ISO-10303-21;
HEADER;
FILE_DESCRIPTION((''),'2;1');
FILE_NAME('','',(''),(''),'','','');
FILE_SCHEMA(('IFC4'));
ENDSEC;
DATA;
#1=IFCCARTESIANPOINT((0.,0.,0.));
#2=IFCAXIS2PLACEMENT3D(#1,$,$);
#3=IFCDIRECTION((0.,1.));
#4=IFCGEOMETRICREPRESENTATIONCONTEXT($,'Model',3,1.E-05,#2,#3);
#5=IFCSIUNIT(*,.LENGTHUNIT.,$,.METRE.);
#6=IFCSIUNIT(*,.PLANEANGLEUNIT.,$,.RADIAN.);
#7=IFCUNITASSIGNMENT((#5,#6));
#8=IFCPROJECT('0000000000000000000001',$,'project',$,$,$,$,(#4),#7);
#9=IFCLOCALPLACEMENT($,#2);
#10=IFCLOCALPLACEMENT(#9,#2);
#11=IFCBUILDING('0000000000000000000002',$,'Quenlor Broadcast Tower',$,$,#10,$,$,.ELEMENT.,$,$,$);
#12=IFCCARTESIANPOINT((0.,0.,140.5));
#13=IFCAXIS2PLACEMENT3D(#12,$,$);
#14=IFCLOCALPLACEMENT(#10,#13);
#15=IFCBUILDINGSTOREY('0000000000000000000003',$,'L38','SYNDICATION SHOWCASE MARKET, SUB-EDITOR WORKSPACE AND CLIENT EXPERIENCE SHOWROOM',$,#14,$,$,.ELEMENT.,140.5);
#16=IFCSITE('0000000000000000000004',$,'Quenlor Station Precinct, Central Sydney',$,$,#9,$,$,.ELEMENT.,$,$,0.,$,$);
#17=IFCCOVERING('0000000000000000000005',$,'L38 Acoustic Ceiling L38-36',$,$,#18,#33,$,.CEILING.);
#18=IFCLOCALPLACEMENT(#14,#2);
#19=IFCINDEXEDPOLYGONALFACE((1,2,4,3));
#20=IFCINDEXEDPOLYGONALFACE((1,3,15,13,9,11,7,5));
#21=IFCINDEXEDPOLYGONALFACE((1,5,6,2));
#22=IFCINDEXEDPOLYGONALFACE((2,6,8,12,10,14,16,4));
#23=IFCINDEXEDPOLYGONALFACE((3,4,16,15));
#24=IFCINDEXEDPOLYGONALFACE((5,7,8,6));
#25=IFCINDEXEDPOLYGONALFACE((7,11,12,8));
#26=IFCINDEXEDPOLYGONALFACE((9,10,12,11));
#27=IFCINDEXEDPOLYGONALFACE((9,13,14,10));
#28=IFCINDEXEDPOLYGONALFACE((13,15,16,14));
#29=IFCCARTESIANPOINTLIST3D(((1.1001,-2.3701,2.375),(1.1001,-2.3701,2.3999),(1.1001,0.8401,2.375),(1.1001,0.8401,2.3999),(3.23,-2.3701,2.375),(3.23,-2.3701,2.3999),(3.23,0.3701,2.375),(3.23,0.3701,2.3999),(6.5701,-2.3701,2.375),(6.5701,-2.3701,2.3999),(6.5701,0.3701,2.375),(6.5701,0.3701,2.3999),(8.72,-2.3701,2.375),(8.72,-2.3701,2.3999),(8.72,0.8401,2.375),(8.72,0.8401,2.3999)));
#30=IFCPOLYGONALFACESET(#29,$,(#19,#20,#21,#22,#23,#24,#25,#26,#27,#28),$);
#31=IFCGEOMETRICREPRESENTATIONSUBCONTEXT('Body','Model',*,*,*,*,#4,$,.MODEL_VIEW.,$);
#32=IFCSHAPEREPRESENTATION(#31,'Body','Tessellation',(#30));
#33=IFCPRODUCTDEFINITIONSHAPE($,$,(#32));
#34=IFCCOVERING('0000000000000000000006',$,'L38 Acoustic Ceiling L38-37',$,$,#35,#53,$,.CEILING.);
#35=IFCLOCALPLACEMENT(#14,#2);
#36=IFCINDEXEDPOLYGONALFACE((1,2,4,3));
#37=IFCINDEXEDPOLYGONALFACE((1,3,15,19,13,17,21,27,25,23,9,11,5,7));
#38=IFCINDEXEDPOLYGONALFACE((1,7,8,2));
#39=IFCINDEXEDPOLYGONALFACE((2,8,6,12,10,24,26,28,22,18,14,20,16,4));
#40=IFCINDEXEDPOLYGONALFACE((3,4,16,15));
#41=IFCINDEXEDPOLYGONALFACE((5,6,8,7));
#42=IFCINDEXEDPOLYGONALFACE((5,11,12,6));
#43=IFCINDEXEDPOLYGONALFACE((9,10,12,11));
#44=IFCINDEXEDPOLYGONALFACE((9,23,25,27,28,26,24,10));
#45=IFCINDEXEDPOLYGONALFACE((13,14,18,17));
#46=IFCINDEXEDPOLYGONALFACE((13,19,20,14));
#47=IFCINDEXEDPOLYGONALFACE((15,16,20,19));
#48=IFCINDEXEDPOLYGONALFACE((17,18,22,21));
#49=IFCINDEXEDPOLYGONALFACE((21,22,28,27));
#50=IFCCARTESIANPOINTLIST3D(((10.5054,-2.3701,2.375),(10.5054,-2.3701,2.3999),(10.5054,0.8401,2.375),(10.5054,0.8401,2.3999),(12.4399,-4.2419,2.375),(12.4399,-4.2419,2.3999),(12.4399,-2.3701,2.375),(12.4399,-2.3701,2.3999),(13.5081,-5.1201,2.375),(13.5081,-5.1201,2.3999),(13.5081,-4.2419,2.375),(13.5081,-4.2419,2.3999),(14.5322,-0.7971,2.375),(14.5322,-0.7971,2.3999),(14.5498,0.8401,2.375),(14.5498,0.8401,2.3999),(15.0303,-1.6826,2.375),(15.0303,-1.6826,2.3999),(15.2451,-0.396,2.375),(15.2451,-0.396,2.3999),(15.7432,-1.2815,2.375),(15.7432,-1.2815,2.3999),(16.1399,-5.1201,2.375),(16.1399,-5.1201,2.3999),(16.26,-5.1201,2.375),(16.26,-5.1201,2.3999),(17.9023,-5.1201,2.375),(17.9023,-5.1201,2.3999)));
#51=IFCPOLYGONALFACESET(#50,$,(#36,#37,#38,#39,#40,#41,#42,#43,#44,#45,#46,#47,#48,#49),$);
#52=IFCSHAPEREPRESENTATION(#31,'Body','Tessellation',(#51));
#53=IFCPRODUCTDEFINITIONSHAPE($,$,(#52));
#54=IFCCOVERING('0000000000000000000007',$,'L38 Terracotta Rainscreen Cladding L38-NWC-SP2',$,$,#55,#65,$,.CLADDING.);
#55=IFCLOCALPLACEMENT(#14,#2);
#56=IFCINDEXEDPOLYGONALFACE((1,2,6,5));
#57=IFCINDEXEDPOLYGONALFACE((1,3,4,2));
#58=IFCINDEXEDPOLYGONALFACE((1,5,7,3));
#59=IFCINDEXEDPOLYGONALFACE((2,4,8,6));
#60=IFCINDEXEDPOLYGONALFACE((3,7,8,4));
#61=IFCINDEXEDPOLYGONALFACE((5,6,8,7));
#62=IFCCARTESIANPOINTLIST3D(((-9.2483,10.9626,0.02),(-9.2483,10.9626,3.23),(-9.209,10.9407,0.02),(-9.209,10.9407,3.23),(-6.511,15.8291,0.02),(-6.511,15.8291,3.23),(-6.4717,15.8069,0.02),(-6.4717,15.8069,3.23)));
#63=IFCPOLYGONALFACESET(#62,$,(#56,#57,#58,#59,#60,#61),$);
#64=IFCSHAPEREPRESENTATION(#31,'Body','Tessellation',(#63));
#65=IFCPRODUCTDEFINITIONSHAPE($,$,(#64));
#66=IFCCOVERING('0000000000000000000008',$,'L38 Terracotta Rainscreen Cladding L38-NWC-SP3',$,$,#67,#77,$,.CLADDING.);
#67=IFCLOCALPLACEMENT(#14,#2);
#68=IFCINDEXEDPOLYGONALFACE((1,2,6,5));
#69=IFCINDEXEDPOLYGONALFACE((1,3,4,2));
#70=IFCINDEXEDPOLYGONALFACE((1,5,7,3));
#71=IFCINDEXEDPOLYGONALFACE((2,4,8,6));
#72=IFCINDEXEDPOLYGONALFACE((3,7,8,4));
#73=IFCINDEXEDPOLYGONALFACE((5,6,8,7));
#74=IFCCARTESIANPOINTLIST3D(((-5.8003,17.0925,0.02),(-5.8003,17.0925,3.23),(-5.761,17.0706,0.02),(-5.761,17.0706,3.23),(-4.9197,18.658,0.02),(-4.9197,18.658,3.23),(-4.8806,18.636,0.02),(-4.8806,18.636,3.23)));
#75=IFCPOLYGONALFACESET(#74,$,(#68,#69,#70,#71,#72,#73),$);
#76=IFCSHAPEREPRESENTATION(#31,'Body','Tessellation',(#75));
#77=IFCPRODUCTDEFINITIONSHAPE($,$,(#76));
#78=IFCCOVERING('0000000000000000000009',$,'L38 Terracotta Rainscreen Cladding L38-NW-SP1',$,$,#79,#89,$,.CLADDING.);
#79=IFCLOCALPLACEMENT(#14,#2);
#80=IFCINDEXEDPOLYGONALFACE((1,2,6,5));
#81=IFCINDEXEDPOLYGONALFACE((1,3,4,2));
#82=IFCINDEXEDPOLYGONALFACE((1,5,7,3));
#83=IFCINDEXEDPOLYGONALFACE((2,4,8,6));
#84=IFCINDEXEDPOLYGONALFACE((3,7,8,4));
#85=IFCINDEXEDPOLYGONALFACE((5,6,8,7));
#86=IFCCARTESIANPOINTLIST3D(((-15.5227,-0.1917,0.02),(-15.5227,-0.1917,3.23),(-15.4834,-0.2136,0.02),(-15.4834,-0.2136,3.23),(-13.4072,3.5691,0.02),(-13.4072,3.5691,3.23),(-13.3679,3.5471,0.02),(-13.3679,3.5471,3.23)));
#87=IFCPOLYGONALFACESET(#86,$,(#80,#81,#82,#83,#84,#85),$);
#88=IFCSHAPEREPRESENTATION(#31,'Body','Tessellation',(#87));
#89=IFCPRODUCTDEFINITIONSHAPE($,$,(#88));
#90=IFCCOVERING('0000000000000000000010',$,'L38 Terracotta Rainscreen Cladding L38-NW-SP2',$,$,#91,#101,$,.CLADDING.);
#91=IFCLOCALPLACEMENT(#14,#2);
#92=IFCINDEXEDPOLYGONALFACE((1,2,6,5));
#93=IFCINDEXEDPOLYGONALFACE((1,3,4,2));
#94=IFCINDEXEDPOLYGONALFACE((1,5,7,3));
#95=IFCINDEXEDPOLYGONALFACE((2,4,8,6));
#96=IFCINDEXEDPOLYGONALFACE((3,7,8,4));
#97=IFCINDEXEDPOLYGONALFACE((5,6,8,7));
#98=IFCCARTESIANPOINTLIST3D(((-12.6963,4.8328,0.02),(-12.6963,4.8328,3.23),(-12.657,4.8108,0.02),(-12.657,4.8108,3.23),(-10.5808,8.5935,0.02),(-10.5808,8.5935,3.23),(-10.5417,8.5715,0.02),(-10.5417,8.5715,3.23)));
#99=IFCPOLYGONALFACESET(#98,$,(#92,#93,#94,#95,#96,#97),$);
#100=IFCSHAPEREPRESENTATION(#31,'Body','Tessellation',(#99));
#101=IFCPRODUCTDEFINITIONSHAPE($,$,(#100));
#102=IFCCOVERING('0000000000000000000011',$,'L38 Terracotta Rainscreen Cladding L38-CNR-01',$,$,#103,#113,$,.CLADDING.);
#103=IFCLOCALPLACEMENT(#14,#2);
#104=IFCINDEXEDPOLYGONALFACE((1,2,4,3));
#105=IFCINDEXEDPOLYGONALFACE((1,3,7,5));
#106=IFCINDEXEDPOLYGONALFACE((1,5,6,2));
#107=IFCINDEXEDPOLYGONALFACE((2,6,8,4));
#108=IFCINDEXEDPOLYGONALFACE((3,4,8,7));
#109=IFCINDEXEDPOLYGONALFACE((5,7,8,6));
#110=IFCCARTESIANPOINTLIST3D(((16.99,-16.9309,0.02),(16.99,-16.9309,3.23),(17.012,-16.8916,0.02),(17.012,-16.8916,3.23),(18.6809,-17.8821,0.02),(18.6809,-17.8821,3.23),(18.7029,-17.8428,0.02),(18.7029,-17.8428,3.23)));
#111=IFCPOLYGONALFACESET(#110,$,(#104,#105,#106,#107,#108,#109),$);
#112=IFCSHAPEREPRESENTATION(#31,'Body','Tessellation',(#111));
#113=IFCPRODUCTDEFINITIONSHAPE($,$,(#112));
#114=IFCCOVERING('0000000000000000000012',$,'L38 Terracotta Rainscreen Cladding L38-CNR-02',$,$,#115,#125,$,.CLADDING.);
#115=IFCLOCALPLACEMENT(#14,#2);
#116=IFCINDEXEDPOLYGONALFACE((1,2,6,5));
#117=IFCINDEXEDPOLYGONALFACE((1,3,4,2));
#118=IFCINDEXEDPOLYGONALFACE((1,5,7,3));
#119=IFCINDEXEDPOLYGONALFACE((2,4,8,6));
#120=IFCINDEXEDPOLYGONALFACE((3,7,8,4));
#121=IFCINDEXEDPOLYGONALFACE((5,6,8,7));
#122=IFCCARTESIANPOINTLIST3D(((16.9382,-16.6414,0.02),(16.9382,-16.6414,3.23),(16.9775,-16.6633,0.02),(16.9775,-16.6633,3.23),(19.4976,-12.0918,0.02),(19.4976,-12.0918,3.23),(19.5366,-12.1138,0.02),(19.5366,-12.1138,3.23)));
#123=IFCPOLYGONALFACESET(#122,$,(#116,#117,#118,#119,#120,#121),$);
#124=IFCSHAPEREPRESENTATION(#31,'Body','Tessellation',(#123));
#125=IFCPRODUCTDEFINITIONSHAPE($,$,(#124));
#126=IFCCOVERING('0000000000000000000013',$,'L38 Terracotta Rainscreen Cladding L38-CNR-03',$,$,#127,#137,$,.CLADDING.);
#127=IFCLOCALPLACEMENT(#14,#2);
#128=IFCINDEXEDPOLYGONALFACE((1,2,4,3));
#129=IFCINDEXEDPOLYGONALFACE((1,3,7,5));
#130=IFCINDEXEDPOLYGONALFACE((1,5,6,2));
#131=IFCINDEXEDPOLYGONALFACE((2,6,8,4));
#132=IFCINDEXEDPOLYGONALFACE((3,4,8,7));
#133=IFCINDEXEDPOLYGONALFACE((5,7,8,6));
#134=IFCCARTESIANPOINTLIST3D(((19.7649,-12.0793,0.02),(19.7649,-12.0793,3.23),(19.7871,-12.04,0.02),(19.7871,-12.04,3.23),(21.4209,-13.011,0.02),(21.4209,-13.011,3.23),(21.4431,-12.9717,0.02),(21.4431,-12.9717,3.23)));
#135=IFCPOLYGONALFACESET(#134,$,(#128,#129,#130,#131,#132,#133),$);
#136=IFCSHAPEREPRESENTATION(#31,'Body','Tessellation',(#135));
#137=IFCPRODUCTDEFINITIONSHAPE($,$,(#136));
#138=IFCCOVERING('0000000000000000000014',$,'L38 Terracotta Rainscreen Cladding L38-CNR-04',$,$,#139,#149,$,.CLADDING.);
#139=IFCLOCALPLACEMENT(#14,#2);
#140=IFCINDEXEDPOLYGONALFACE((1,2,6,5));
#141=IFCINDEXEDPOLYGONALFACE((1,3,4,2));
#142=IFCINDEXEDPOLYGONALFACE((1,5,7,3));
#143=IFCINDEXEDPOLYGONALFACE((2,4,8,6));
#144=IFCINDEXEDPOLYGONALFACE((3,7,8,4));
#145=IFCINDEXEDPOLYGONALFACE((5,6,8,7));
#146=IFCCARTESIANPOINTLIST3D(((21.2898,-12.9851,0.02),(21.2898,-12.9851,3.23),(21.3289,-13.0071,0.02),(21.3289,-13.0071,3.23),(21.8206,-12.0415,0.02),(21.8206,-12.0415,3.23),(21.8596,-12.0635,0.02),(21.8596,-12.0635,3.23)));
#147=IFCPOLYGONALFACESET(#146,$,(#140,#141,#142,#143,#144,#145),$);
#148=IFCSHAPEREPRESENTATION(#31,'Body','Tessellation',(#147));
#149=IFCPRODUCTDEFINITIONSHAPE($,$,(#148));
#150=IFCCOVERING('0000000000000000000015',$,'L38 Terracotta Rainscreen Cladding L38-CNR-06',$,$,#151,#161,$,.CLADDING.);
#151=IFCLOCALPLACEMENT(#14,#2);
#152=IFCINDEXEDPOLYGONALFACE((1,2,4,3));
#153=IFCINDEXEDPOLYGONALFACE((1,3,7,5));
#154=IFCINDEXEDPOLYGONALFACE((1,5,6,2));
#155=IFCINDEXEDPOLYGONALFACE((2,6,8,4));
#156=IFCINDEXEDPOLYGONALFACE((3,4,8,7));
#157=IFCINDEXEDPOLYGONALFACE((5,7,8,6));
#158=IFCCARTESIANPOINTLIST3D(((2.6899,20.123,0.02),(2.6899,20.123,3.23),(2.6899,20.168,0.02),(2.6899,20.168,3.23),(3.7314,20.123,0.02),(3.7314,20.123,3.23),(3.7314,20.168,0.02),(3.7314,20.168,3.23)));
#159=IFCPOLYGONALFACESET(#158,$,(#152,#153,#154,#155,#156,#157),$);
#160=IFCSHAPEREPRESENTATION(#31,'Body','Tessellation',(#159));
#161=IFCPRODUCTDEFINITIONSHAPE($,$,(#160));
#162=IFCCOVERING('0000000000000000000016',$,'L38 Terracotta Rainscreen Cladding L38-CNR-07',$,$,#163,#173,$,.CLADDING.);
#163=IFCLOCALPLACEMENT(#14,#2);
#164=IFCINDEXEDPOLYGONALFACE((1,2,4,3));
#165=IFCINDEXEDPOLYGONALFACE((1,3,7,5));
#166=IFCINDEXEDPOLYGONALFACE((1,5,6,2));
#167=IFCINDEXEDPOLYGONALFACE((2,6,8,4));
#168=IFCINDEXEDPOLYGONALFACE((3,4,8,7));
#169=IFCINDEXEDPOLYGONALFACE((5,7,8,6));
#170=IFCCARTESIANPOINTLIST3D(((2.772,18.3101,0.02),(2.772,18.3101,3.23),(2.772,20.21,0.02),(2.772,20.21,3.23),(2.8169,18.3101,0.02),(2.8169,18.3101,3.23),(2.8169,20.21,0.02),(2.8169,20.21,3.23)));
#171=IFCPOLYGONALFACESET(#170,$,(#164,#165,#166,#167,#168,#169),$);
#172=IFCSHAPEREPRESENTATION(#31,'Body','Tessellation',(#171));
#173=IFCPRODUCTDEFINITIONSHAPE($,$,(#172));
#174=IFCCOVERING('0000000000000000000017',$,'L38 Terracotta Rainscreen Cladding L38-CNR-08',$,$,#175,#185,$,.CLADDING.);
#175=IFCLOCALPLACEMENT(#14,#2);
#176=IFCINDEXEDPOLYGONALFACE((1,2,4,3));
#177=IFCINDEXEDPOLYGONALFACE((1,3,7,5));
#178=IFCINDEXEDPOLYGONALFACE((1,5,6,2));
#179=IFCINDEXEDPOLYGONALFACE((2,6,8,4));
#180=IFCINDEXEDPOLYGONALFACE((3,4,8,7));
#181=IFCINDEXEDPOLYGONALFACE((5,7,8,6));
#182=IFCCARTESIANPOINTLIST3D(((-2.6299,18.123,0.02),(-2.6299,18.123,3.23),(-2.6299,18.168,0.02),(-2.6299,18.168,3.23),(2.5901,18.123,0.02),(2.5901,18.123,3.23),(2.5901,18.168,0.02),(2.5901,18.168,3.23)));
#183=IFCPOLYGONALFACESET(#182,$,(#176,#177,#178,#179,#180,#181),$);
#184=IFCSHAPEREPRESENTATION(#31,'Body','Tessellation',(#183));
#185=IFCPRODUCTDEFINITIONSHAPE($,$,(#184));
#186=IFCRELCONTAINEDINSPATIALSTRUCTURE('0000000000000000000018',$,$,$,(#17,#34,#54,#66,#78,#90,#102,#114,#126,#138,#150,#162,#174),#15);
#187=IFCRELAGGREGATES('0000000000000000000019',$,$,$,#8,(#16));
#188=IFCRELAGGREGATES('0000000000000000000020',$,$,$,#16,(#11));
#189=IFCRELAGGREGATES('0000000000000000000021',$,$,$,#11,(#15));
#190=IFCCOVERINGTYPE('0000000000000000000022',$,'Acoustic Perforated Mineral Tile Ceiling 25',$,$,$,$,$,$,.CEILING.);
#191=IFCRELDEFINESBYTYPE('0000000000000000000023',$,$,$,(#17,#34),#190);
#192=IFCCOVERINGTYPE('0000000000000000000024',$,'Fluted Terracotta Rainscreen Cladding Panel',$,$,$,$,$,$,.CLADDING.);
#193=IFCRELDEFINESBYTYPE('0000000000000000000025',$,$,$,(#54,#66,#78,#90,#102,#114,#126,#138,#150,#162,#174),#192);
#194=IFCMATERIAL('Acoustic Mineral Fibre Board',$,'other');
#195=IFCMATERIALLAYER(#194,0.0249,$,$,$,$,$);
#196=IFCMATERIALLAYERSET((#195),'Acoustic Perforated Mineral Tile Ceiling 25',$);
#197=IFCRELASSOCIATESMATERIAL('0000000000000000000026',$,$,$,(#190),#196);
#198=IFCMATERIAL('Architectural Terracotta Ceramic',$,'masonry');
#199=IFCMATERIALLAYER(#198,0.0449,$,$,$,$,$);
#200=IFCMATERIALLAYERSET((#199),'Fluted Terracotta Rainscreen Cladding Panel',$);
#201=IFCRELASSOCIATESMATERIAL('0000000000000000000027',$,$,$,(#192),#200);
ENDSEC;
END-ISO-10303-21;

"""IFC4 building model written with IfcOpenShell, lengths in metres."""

from ifc_helpers import new_model, si_unit, direction, frame, origin, place, context, subcontext, project, spatial, polyline, outline, extrude, material, layer, layer_set, type_object, element, save


model = new_model("IFC4")

# Units and contexts
model_context = context("Model", 3, precision=1e-05, world=origin(), true_north=direction((0.0, 1.0)))
body_context = subcontext(model_context, "Body", "Model", "MODEL_VIEW")
ifc_project = project(units=[si_unit("LENGTHUNIT", "METRE"), si_unit("PLANEANGLEUNIT", "RADIAN")], contexts=[model_context])

# Site, building, storey
site_placement = place(None, origin())
site = spatial("IfcSite", under=ifc_project, at=site_placement, Name="Quenlor Station Precinct, Central Sydney", CompositionType="ELEMENT", RefElevation=0.0)
building_placement = place(site_placement, origin())
building = spatial("IfcBuilding", under=site, at=building_placement, Name="Quenlor Broadcast Tower", CompositionType="ELEMENT")
storey_placement = place(building_placement, frame((0.0, 0.0, 140.5)))
storey = spatial("IfcBuildingStorey", under=building, at=storey_placement, Name="L38", Description="SYNDICATION SHOWCASE MARKET, SUB-EDITOR WORKSPACE AND CLIENT EXPERIENCE SHOWROOM", CompositionType="ELEMENT", Elevation=140.5)

# Coverings
ifc_material_1 = material(Name="Acoustic Mineral Fibre Board", Category="other")
ifc_layer_1 = layer(ifc_material_1, 0.0249)
ifc_layer_set_1 = layer_set([ifc_layer_1], Name="Acoustic Perforated Mineral Tile Ceiling 25")
covering_type_1 = type_object("IfcCoveringType", Name="Acoustic Perforated Mineral Tile Ceiling 25", PredefinedType="CEILING", material=ifc_layer_set_1)
covering_1_placement = place(storey_placement, frame((0.0, 0.0, 2.375)))
element("IfcCovering", 1, at=covering_1_placement, inside=storey, type_object=covering_type_1, Name="L38 Acoustic Ceiling L38-36", PredefinedType="CEILING", context=body_context, shape_type="SweptSolid", body=[
    extrude(outline(polyline([(3.23, -2.3701), (1.1001, -2.3701), (1.1001, 0.8401), (8.72, 0.8401), (8.72, -2.3701), (6.5701, -2.3701), (6.5701, 0.3701), (3.23, 0.3701), (3.23, -2.3701)])), origin(), (0.0, 0.0, 1.0), 0.0249),
])
covering_2_placement = place(storey_placement, frame((0.0, 0.0, 2.375)))
element("IfcCovering", 2, at=covering_2_placement, inside=storey, type_object=covering_type_1, Name="L38 Acoustic Ceiling L38-37", PredefinedType="CEILING", context=body_context, shape_type="SweptSolid", body=[
    extrude(outline(polyline([(13.5081, -4.2419), (12.4399, -4.2419), (12.4399, -2.3701), (10.5054, -2.3701), (10.5054, 0.8401), (14.5498, 0.8401), (15.2451, -0.396), (14.5322, -0.7971), (15.0303, -1.6826), (15.7432, -1.2815), (17.9023, -5.1201), (16.26, -5.1201), (16.1399, -5.1201), (13.5081, -5.1201), (13.5081, -4.2419)])), origin(), (0.0, 0.0, 1.0), 0.0249),
])
ifc_material_2 = material(Name="Architectural Terracotta Ceramic", Category="masonry")
ifc_layer_2 = layer(ifc_material_2, 0.0449)
ifc_layer_set_2 = layer_set([ifc_layer_2], Name="Fluted Terracotta Rainscreen Cladding Panel")
covering_type_2 = type_object("IfcCoveringType", Name="Fluted Terracotta Rainscreen Cladding Panel", PredefinedType="CLADDING", material=ifc_layer_set_2)
covering_3_placement = place(storey_placement, frame((0.0, 0.0, 0.02)))
element("IfcCovering", 3, at=covering_3_placement, inside=storey, type_object=covering_type_2, Name="L38 Terracotta Rainscreen Cladding L38-NWC-SP2", PredefinedType="CLADDING", context=body_context, shape_type="SweptSolid", body=[
    extrude(outline(polyline([(-9.209, 10.9407), (-6.4717, 15.8069), (-6.511, 15.8291), (-9.2483, 10.9626), (-9.209, 10.9407)])), origin(), (0.0, 0.0, 1.0), 3.21),
])
covering_4_placement = place(storey_placement, frame((0.0, 0.0, 0.02)))
element("IfcCovering", 4, at=covering_4_placement, inside=storey, type_object=covering_type_2, Name="L38 Terracotta Rainscreen Cladding L38-NWC-SP3", PredefinedType="CLADDING", context=body_context, shape_type="SweptSolid", body=[
    extrude(outline(polyline([(-5.761, 17.0706), (-4.8806, 18.636), (-4.9197, 18.658), (-5.8003, 17.0925), (-5.761, 17.0706)])), origin(), (0.0, 0.0, 1.0), 3.21),
])
covering_5_placement = place(storey_placement, frame((0.0, 0.0, 0.02)))
element("IfcCovering", 5, at=covering_5_placement, inside=storey, type_object=covering_type_2, Name="L38 Terracotta Rainscreen Cladding L38-NW-SP1", PredefinedType="CLADDING", context=body_context, shape_type="SweptSolid", body=[
    extrude(outline(polyline([(-15.4834, -0.2136), (-13.3679, 3.5471), (-13.4072, 3.5691), (-15.5227, -0.1917), (-15.4834, -0.2136)])), origin(), (0.0, 0.0, 1.0), 3.21),
])
covering_6_placement = place(storey_placement, frame((0.0, 0.0, 0.02)))
element("IfcCovering", 6, at=covering_6_placement, inside=storey, type_object=covering_type_2, Name="L38 Terracotta Rainscreen Cladding L38-NW-SP2", PredefinedType="CLADDING", context=body_context, shape_type="SweptSolid", body=[
    extrude(outline(polyline([(-12.657, 4.8108), (-10.5417, 8.5715), (-10.5808, 8.5935), (-12.6963, 4.8328), (-12.657, 4.8108)])), origin(), (0.0, 0.0, 1.0), 3.21),
])
covering_7_placement = place(storey_placement, frame((0.0, 0.0, 0.02)))
element("IfcCovering", 7, at=covering_7_placement, inside=storey, type_object=covering_type_2, Name="L38 Terracotta Rainscreen Cladding L38-CNR-01", PredefinedType="CLADDING", context=body_context, shape_type="SweptSolid", body=[
    extrude(outline(polyline([(18.7029, -17.8428), (17.012, -16.8916), (16.99, -16.9309), (18.6809, -17.8821), (18.7029, -17.8428)])), origin(), (0.0, 0.0, 1.0), 3.21),
])
covering_8_placement = place(storey_placement, frame((0.0, 0.0, 0.02)))
element("IfcCovering", 8, at=covering_8_placement, inside=storey, type_object=covering_type_2, Name="L38 Terracotta Rainscreen Cladding L38-CNR-02", PredefinedType="CLADDING", context=body_context, shape_type="SweptSolid", body=[
    extrude(outline(polyline([(16.9775, -16.6633), (19.5366, -12.1138), (19.4976, -12.0918), (16.9382, -16.6414), (16.9775, -16.6633)])), origin(), (0.0, 0.0, 1.0), 3.21),
])
covering_9_placement = place(storey_placement, frame((0.0, 0.0, 0.02)))
element("IfcCovering", 9, at=covering_9_placement, inside=storey, type_object=covering_type_2, Name="L38 Terracotta Rainscreen Cladding L38-CNR-03", PredefinedType="CLADDING", context=body_context, shape_type="SweptSolid", body=[
    extrude(outline(polyline([(19.7649, -12.0793), (21.4209, -13.011), (21.4431, -12.9717), (19.7871, -12.04), (19.7649, -12.0793)])), origin(), (0.0, 0.0, 1.0), 3.21),
])
covering_10_placement = place(storey_placement, frame((0.0, 0.0, 0.02)))
element("IfcCovering", 10, at=covering_10_placement, inside=storey, type_object=covering_type_2, Name="L38 Terracotta Rainscreen Cladding L38-CNR-04", PredefinedType="CLADDING", context=body_context, shape_type="SweptSolid", body=[
    extrude(outline(polyline([(21.3289, -13.0071), (21.8596, -12.0635), (21.8206, -12.0415), (21.2898, -12.9851), (21.3289, -13.0071)])), origin(), (0.0, 0.0, 1.0), 3.21),
])
covering_11_placement = place(storey_placement, frame((0.0, 0.0, 0.02)))
element("IfcCovering", 11, at=covering_11_placement, inside=storey, type_object=covering_type_2, Name="L38 Terracotta Rainscreen Cladding L38-CNR-06", PredefinedType="CLADDING", context=body_context, shape_type="SweptSolid", body=[
    extrude(outline(polyline([(3.7314, 20.168), (2.6899, 20.168), (2.6899, 20.123), (3.7314, 20.123), (3.7314, 20.168)])), origin(), (0.0, 0.0, 1.0), 3.21),
])
covering_12_placement = place(storey_placement, frame((0.0, 0.0, 0.02)))
element("IfcCovering", 12, at=covering_12_placement, inside=storey, type_object=covering_type_2, Name="L38 Terracotta Rainscreen Cladding L38-CNR-07", PredefinedType="CLADDING", context=body_context, shape_type="SweptSolid", body=[
    extrude(outline(polyline([(2.772, 20.21), (2.772, 18.3101), (2.8169, 18.3101), (2.8169, 20.21), (2.772, 20.21)])), origin(), (0.0, 0.0, 1.0), 3.21),
])
covering_13_placement = place(storey_placement, frame((0.0, 0.0, 0.02)))
element("IfcCovering", 13, at=covering_13_placement, inside=storey, type_object=covering_type_2, Name="L38 Terracotta Rainscreen Cladding L38-CNR-08", PredefinedType="CLADDING", context=body_context, shape_type="SweptSolid", body=[
    extrude(outline(polyline([(2.5901, 18.168), (-2.6299, 18.168), (-2.6299, 18.123), (2.5901, 18.123), (2.5901, 18.168)])), origin(), (0.0, 0.0, 1.0), 3.21),
])

save(model, "model.ifc")
